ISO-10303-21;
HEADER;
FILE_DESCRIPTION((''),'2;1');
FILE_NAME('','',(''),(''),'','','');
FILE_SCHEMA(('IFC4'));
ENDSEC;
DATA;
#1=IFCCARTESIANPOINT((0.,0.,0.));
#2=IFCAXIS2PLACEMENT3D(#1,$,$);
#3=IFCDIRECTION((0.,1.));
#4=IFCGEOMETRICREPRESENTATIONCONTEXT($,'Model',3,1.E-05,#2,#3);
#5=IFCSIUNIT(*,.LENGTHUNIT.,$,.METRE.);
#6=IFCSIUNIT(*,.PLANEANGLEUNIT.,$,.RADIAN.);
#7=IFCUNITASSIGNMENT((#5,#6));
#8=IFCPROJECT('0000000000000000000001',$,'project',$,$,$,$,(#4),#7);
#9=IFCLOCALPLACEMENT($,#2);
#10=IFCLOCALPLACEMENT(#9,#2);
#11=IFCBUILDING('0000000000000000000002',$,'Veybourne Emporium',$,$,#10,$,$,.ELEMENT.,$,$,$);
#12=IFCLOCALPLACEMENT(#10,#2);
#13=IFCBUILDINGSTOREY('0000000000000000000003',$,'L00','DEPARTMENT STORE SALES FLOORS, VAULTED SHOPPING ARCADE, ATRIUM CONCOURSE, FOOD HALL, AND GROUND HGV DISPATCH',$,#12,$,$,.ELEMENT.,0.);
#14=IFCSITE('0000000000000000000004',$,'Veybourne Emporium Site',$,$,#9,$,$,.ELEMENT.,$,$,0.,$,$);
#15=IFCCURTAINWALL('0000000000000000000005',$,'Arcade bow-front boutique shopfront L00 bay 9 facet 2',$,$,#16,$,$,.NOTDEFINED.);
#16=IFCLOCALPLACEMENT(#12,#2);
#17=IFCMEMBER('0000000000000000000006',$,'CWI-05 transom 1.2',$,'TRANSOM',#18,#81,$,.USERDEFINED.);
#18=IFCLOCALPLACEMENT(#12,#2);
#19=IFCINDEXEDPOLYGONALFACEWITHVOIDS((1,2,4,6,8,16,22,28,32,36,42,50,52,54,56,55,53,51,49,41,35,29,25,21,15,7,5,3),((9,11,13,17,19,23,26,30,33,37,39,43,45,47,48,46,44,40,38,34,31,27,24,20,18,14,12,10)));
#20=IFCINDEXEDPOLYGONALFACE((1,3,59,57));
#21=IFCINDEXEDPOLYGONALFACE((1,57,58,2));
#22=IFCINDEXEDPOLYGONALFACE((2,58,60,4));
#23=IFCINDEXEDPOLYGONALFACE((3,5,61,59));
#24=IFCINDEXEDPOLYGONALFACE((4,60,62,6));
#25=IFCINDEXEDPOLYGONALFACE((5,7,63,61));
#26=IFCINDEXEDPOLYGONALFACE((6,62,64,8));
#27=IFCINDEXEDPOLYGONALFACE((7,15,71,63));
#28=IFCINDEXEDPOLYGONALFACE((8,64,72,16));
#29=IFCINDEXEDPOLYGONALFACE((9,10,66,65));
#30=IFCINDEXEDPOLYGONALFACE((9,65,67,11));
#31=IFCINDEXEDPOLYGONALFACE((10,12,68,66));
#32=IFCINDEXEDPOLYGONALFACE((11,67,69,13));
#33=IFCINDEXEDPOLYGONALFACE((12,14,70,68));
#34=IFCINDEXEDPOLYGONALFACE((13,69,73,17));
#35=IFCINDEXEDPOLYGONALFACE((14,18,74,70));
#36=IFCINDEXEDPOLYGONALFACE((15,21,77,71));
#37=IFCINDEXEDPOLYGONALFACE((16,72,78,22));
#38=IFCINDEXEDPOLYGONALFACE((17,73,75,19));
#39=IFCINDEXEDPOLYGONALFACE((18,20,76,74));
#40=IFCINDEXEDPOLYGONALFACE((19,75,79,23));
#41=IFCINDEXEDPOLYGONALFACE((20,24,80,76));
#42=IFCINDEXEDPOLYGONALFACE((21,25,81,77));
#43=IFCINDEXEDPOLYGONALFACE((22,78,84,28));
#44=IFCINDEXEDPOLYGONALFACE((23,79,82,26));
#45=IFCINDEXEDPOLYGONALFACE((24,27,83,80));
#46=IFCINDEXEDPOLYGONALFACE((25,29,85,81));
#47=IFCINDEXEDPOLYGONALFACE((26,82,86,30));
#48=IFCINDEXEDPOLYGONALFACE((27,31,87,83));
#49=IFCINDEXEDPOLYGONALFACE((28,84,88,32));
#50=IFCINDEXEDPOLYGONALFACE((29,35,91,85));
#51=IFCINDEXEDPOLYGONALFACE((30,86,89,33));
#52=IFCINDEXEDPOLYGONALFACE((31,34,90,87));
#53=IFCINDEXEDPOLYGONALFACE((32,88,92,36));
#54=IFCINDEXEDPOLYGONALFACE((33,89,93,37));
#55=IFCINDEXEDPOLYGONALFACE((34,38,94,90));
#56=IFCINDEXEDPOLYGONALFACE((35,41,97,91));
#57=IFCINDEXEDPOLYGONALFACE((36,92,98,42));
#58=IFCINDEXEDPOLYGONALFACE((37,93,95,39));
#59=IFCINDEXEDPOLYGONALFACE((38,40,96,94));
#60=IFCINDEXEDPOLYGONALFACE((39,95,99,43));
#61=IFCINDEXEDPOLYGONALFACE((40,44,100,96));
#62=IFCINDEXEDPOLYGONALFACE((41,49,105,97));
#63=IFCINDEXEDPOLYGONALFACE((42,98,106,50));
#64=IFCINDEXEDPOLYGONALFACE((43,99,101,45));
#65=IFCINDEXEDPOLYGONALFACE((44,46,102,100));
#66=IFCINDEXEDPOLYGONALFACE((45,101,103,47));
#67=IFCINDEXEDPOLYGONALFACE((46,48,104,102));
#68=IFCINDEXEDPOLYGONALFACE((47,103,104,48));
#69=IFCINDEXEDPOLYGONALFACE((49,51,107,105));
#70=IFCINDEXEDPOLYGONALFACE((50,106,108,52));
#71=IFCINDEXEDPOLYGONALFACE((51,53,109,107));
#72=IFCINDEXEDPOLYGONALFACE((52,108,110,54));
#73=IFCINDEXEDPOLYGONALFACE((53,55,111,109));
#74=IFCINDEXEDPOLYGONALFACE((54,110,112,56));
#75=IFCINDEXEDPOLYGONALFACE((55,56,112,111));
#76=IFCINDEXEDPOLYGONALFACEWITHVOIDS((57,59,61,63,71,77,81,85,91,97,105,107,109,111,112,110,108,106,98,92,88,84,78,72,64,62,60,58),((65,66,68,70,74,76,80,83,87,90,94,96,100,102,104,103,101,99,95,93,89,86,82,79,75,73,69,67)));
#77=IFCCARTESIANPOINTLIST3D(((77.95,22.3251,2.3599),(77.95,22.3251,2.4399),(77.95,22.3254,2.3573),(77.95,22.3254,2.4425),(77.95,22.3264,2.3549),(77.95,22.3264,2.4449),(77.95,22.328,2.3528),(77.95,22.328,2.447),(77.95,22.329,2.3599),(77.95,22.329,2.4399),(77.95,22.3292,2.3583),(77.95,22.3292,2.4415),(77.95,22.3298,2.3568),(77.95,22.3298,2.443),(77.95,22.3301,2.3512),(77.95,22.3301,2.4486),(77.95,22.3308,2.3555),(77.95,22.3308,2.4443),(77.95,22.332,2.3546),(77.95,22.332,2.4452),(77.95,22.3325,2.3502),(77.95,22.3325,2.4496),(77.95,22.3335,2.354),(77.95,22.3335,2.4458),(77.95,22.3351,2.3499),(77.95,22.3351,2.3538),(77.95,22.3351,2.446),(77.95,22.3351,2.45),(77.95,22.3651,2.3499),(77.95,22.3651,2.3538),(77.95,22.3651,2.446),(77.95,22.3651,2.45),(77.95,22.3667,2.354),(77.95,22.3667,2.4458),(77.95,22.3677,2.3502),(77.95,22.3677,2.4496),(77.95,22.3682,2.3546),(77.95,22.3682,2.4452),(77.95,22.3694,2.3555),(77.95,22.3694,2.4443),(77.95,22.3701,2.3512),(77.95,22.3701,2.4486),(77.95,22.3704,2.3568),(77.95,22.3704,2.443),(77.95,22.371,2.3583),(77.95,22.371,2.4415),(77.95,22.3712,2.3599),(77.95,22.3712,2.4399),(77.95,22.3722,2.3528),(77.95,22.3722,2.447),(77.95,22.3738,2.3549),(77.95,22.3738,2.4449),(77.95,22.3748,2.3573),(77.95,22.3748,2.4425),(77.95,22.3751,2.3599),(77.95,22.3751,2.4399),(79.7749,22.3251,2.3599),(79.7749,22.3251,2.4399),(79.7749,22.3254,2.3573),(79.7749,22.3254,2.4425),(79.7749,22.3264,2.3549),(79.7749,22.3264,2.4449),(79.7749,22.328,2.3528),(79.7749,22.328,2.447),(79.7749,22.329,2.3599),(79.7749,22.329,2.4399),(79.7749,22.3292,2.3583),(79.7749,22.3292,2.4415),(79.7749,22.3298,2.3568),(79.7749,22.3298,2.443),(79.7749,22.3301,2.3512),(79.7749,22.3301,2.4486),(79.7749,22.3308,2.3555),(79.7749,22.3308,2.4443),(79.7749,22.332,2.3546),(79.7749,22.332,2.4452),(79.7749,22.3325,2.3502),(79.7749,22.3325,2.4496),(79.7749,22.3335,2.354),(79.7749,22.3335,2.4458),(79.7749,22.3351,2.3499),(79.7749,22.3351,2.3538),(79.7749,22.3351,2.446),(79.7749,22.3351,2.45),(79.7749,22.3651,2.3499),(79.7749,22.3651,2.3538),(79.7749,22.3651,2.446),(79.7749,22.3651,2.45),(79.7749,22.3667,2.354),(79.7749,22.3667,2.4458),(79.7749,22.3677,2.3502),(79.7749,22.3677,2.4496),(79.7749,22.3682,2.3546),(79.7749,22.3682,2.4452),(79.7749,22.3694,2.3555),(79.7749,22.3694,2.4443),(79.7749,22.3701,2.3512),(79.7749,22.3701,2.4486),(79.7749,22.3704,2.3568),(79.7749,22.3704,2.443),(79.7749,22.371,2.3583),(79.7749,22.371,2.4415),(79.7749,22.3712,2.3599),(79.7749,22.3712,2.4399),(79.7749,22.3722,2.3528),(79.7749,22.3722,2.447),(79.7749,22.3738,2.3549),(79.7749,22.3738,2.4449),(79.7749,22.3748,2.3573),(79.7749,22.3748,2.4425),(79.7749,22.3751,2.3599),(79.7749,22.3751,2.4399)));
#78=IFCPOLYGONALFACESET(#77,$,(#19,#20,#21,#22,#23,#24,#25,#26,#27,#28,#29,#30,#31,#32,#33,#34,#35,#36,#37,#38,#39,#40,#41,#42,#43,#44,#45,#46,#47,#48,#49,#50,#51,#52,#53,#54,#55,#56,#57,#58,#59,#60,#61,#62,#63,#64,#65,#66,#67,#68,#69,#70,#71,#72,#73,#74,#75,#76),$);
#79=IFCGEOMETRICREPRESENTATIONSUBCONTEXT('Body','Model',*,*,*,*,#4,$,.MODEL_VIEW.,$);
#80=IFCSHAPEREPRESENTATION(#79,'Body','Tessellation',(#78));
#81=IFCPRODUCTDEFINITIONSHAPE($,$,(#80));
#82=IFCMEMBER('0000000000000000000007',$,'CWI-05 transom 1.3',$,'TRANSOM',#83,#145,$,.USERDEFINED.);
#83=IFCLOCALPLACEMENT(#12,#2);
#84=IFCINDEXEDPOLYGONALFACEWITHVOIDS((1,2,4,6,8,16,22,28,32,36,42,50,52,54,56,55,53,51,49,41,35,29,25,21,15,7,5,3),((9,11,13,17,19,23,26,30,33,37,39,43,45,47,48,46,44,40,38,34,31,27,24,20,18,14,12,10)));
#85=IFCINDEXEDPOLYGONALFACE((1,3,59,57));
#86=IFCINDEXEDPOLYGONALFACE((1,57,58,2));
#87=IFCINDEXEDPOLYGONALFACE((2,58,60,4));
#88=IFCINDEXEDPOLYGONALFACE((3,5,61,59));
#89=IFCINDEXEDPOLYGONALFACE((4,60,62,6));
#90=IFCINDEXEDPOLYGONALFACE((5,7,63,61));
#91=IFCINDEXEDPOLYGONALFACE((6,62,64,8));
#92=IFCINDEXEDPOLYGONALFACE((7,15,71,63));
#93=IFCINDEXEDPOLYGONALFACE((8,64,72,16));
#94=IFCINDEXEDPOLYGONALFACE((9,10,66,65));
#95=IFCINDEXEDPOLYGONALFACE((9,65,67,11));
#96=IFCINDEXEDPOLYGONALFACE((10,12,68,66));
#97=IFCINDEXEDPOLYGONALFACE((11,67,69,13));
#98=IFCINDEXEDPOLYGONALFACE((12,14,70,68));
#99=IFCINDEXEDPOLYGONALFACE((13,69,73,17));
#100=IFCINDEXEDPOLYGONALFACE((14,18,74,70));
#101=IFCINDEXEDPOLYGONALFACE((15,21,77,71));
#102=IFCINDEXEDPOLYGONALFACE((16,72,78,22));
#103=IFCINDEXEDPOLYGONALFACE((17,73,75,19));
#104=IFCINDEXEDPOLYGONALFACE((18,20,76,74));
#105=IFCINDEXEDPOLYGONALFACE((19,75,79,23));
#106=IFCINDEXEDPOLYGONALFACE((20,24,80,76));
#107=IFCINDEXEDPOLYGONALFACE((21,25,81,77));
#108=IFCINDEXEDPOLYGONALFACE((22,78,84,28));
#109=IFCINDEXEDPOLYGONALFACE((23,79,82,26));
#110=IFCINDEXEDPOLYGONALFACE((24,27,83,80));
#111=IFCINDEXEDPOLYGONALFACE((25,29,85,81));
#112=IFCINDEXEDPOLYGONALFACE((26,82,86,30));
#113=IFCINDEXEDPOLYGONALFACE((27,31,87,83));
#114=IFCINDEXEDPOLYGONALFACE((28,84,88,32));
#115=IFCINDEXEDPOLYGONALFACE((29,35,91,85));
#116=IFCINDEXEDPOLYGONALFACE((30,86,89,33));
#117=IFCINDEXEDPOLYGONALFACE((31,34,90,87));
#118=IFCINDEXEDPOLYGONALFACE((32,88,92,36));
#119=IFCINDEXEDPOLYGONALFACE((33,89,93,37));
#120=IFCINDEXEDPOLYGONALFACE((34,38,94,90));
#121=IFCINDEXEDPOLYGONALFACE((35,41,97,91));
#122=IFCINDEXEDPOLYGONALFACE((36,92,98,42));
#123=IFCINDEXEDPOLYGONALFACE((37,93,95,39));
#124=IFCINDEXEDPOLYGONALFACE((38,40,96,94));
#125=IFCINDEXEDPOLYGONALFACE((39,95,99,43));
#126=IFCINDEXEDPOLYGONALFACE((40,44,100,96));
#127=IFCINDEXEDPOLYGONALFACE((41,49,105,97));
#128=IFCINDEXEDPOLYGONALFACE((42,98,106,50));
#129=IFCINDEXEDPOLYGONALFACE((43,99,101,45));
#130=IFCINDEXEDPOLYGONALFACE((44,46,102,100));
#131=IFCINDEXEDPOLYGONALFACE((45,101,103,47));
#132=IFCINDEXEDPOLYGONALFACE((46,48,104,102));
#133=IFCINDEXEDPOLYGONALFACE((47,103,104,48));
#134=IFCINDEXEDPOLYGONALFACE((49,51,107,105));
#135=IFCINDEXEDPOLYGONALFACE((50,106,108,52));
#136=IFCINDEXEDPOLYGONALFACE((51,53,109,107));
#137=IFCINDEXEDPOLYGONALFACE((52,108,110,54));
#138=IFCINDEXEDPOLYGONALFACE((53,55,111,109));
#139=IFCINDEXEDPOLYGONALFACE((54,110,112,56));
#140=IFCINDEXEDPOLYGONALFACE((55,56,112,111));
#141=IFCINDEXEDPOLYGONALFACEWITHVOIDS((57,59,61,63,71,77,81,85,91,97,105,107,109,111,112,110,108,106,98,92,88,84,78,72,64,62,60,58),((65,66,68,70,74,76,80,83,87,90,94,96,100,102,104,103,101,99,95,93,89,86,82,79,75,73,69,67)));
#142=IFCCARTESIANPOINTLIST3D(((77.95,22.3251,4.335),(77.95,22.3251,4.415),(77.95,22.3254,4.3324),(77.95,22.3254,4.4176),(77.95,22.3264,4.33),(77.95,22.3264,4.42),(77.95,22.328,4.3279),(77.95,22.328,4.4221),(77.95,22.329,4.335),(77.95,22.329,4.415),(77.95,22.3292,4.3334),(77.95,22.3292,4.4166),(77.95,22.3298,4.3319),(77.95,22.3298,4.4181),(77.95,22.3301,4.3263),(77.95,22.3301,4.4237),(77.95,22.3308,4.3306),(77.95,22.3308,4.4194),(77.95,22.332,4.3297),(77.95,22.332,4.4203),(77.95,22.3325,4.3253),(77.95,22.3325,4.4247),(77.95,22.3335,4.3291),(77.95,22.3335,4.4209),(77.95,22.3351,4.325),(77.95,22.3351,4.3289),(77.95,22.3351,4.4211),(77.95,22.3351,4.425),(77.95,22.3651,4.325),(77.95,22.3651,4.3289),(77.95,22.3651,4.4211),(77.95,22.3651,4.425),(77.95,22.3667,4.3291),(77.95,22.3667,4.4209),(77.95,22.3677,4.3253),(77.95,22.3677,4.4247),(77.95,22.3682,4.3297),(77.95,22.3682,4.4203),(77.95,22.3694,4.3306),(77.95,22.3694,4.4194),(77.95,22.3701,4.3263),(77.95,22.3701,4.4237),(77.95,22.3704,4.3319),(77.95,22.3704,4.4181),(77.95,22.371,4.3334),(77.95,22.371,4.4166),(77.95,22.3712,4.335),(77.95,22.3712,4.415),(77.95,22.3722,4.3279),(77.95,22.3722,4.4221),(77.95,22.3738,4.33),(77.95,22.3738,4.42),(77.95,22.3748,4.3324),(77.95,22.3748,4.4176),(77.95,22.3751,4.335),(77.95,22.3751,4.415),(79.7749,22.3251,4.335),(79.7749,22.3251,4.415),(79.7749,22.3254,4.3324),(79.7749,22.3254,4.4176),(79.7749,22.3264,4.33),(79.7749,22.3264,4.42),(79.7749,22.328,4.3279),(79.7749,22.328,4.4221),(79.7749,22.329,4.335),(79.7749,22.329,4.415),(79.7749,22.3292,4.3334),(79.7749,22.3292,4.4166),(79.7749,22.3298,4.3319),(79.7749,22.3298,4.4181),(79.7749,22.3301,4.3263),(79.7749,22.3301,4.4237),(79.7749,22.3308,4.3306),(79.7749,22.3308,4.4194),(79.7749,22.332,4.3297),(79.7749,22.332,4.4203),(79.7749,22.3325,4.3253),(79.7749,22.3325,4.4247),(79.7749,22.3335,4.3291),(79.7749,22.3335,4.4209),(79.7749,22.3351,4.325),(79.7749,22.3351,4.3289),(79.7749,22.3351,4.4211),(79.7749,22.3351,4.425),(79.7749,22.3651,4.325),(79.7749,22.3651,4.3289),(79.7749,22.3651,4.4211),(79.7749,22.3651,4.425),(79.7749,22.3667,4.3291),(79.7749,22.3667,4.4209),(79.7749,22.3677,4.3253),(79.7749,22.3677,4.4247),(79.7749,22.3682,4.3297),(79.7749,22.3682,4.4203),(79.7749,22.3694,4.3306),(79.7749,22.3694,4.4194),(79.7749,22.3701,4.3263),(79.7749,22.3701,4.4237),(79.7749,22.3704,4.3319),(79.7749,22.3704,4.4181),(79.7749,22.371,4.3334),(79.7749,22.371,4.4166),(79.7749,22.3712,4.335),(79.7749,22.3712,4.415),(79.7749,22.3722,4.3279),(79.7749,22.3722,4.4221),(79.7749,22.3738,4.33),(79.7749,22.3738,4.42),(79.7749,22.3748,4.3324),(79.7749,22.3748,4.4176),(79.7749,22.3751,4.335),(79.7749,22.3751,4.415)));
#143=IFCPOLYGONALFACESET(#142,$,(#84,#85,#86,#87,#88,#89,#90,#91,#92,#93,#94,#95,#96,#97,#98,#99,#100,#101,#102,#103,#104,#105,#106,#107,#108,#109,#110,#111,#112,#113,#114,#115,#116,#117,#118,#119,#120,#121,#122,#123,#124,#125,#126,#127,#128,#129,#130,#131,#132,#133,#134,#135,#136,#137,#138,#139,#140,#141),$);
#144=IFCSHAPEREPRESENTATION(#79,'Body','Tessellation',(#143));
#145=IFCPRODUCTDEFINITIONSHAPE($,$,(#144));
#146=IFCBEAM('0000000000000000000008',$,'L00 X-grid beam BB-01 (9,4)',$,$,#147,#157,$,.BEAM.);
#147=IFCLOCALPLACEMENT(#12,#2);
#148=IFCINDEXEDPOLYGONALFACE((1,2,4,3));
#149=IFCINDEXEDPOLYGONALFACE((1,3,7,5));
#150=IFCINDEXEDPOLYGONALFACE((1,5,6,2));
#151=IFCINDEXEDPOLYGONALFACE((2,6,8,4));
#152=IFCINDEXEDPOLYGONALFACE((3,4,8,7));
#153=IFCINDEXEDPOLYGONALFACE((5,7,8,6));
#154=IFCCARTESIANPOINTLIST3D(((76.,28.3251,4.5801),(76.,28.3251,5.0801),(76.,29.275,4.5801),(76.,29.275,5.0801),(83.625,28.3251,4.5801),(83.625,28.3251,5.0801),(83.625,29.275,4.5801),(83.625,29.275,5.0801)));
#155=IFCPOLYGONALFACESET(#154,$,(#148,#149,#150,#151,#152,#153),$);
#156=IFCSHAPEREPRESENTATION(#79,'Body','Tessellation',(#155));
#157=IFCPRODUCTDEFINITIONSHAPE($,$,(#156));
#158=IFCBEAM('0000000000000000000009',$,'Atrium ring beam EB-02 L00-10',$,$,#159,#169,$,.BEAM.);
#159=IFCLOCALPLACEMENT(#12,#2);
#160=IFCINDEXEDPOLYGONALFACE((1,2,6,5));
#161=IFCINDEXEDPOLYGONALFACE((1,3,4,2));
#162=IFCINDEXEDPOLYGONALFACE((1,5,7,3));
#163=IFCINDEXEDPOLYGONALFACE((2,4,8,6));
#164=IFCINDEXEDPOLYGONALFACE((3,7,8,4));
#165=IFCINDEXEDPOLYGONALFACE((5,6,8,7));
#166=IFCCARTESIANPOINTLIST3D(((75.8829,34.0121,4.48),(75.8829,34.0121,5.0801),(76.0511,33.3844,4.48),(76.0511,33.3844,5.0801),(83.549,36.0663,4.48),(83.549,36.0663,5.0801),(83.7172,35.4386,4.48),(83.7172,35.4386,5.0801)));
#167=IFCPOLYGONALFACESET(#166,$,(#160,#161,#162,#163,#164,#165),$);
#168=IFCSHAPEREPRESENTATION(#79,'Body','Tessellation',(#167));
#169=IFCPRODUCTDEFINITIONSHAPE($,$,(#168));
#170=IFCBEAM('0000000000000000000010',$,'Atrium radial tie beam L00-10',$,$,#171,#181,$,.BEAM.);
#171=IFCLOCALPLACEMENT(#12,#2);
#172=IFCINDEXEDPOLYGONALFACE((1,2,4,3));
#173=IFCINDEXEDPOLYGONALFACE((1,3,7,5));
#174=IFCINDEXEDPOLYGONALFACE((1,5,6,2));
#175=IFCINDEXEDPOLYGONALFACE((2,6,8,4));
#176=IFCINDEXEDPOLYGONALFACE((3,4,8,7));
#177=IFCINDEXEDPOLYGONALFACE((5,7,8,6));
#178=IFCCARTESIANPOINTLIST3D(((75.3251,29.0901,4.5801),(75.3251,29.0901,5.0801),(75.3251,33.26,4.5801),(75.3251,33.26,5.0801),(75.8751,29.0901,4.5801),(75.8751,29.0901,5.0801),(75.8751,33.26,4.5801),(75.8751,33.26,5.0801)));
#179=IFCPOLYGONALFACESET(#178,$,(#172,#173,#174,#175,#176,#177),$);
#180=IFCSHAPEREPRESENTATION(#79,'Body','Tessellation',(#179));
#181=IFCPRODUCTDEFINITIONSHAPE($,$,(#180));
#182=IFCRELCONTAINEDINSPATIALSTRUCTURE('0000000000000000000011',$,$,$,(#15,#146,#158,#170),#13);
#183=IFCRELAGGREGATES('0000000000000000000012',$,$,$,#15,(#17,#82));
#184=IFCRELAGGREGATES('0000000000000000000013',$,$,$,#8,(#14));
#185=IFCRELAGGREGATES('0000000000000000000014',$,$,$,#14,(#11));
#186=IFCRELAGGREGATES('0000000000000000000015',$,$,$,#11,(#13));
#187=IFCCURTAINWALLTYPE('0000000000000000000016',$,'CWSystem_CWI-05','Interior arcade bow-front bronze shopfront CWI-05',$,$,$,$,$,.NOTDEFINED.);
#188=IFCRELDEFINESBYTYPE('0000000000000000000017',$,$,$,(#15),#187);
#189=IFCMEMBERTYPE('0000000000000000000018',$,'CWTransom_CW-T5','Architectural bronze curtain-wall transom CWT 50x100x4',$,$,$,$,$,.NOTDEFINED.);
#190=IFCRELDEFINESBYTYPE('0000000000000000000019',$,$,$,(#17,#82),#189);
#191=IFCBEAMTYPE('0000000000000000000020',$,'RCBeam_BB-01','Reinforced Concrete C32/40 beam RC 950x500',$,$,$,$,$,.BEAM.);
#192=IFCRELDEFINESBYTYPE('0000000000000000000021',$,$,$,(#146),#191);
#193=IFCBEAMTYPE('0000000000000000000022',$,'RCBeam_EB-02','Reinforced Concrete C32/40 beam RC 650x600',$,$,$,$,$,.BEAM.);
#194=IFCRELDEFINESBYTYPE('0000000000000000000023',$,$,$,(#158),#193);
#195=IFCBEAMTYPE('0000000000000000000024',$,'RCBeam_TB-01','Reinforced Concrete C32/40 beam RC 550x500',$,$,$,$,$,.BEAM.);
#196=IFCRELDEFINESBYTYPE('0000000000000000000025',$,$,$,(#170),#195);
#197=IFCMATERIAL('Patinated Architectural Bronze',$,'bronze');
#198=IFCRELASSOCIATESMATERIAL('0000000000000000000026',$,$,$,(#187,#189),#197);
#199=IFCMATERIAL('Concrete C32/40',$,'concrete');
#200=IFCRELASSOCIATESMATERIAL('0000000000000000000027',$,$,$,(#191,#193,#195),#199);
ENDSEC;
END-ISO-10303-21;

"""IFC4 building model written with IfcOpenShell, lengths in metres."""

from ifc_helpers import new_model, si_unit, direction, frame, origin, origin_2d, place, context, subcontext, project, spatial, rectangle, hollow_rectangle, extrude, material, material_profile, profile_set, type_object, element, aggregate, save


model = new_model("IFC4")

# Units and contexts
model_context = context("Model", 3, precision=1e-05, world=origin(), true_north=direction((0.0, 1.0)))
body_context = subcontext(model_context, "Body", "Model", "MODEL_VIEW")
ifc_project = project(units=[si_unit("LENGTHUNIT", "METRE"), si_unit("PLANEANGLEUNIT", "RADIAN")], contexts=[model_context])

# Site, building, storey
site_placement = place(None, origin())
site = spatial("IfcSite", under=ifc_project, at=site_placement, Name="Veybourne Emporium Site", CompositionType="ELEMENT", RefElevation=0.0)
building_placement = place(site_placement, origin())
building = spatial("IfcBuilding", under=site, at=building_placement, Name="Veybourne Emporium", CompositionType="ELEMENT")
storey_placement = place(building_placement, origin())
storey = spatial("IfcBuildingStorey", under=building, at=storey_placement, Name="L00", Description="DEPARTMENT STORE SALES FLOORS, VAULTED SHOPPING ARCADE, ATRIUM CONCOURSE, FOOD HALL, AND GROUND HGV DISPATCH", CompositionType="ELEMENT", Elevation=0.0)

# Curtain wall
ifc_material_1 = material(Name="Patinated Architectural Bronze", Category="bronze")
curtain_wall_type_1 = type_object("IfcCurtainWallType", Name="CWSystem_CWI-05", Description="Interior arcade bow-front bronze shopfront CWI-05", PredefinedType="NOTDEFINED", material=ifc_material_1)
curtain_wall_1_placement = place(storey_placement, origin())
curtain_wall_1 = element("IfcCurtainWall", 1, at=curtain_wall_1_placement, inside=storey, type_object=curtain_wall_type_1, Name="Arcade bow-front boutique shopfront L00 bay 9 facet 2", PredefinedType="NOTDEFINED")

# Members
ifc_material_profile_1 = material_profile(ifc_material_1, hollow_rectangle(XDim=0.05, YDim=0.1001, WallThickness=0.0039, InnerFilletRadius=0.0061, OuterFilletRadius=0.01, at=origin_2d()), Name="CWT 50x100x4")
ifc_profile_set_1 = profile_set([ifc_material_profile_1], Name="Patinated Architectural Bronze")
member_type_1 = type_object("IfcMemberType", Name="CWTransom_CW-T5", Description="Architectural bronze curtain-wall transom CWT 50x100x4", PredefinedType="NOTDEFINED", material=ifc_profile_set_1)
member_1_placement = place(storey_placement, frame((77.95, 22.3501, 2.3999), z_axis=(1.0, 0.0, 0.0), x_axis=(0.0, 1.0, 0.0)))
member_1 = element("IfcMember", 2, at=member_1_placement, type_object=member_type_1, Name="CWI-05 transom 1.2", ObjectType="TRANSOM", PredefinedType="USERDEFINED", context=body_context, shape_type="SweptSolid", body=[
    extrude(hollow_rectangle(XDim=0.05, YDim=0.1001, WallThickness=0.0039, InnerFilletRadius=0.0061, OuterFilletRadius=0.01, at=origin_2d()), origin(), (0.0, 0.0, 1.0), 1.825),
])
member_2_placement = place(storey_placement, frame((77.95, 22.3501, 4.375), z_axis=(1.0, 0.0, 0.0), x_axis=(0.0, 1.0, 0.0)))
member_2 = element("IfcMember", 3, at=member_2_placement, type_object=member_type_1, Name="CWI-05 transom 1.3", ObjectType="TRANSOM", PredefinedType="USERDEFINED", context=body_context, shape_type="SweptSolid", body=[
    extrude(hollow_rectangle(XDim=0.05, YDim=0.1001, WallThickness=0.0039, InnerFilletRadius=0.0061, OuterFilletRadius=0.01, at=origin_2d()), origin(), (0.0, 0.0, 1.0), 1.825),
])

# Beams
ifc_material_2 = material(Name="Concrete C32/40", Category="concrete")
ifc_material_profile_2 = material_profile(ifc_material_2, rectangle(XDim=0.95, YDim=0.5, at=origin_2d()), Name="RC 950x500")
ifc_profile_set_2 = profile_set([ifc_material_profile_2], Name="Concrete C32/40")
beam_type_1 = type_object("IfcBeamType", Name="RCBeam_BB-01", Description="Reinforced Concrete C32/40 beam RC 950x500", PredefinedType="BEAM", material=ifc_profile_set_2)
beam_1_placement = place(storey_placement, frame((76.0, 28.8, 4.8301), z_axis=(1.0, 0.0, 0.0), x_axis=(0.0, 1.0, 0.0)))
element("IfcBeam", 4, at=beam_1_placement, inside=storey, type_object=beam_type_1, Name="L00 X-grid beam BB-01 (9,4)", PredefinedType="BEAM", context=body_context, shape_type="SweptSolid", body=[
    extrude(rectangle(XDim=0.95, YDim=0.5, at=origin_2d()), origin(), (0.0, 0.0, 1.0), 7.625),
])
ifc_material_profile_3 = material_profile(ifc_material_2, rectangle(XDim=0.6499, YDim=0.6001, at=origin_2d()), Name="RC 650x600")
ifc_profile_set_3 = profile_set([ifc_material_profile_3], Name="Concrete C32/40")
beam_type_2 = type_object("IfcBeamType", Name="RCBeam_EB-02", Description="Reinforced Concrete C32/40 beam RC 650x600", PredefinedType="BEAM", material=ifc_profile_set_3)
beam_2_placement = place(storey_placement, frame((75.967, 33.6982, 4.78), z_axis=(0.965923, 0.25883, 0.0), x_axis=(-0.25883, 0.965923, 0.0)))
element("IfcBeam", 5, at=beam_2_placement, inside=storey, type_object=beam_type_2, Name="Atrium ring beam EB-02 L00-10", PredefinedType="BEAM", context=body_context, shape_type="SweptSolid", body=[
    extrude(rectangle(XDim=0.6499, YDim=0.6001, at=origin_2d()), origin(), (0.0, 0.0, 1.0), 7.9365),
])
ifc_material_profile_4 = material_profile(ifc_material_2, rectangle(XDim=0.55, YDim=0.5, at=origin_2d()), Name="RC 550x500")
ifc_profile_set_4 = profile_set([ifc_material_profile_4], Name="Concrete C32/40")
beam_type_3 = type_object("IfcBeamType", Name="RCBeam_TB-01", Description="Reinforced Concrete C32/40 beam RC 550x500", PredefinedType="BEAM", material=ifc_profile_set_4)
beam_3_placement = place(storey_placement, frame((75.6001, 33.26, 4.8301), z_axis=(0.0, -1.0, 0.0), x_axis=(1.0, 0.0, 0.0)))
element("IfcBeam", 6, at=beam_3_placement, inside=storey, type_object=beam_type_3, Name="Atrium radial tie beam L00-10", PredefinedType="BEAM", context=body_context, shape_type="SweptSolid", body=[
    extrude(rectangle(XDim=0.55, YDim=0.5, at=origin_2d()), origin(), (0.0, 0.0, 1.0), 4.1699),
])

aggregate(curtain_wall_1, [member_1, member_2])

save(model, "model.ifc")
